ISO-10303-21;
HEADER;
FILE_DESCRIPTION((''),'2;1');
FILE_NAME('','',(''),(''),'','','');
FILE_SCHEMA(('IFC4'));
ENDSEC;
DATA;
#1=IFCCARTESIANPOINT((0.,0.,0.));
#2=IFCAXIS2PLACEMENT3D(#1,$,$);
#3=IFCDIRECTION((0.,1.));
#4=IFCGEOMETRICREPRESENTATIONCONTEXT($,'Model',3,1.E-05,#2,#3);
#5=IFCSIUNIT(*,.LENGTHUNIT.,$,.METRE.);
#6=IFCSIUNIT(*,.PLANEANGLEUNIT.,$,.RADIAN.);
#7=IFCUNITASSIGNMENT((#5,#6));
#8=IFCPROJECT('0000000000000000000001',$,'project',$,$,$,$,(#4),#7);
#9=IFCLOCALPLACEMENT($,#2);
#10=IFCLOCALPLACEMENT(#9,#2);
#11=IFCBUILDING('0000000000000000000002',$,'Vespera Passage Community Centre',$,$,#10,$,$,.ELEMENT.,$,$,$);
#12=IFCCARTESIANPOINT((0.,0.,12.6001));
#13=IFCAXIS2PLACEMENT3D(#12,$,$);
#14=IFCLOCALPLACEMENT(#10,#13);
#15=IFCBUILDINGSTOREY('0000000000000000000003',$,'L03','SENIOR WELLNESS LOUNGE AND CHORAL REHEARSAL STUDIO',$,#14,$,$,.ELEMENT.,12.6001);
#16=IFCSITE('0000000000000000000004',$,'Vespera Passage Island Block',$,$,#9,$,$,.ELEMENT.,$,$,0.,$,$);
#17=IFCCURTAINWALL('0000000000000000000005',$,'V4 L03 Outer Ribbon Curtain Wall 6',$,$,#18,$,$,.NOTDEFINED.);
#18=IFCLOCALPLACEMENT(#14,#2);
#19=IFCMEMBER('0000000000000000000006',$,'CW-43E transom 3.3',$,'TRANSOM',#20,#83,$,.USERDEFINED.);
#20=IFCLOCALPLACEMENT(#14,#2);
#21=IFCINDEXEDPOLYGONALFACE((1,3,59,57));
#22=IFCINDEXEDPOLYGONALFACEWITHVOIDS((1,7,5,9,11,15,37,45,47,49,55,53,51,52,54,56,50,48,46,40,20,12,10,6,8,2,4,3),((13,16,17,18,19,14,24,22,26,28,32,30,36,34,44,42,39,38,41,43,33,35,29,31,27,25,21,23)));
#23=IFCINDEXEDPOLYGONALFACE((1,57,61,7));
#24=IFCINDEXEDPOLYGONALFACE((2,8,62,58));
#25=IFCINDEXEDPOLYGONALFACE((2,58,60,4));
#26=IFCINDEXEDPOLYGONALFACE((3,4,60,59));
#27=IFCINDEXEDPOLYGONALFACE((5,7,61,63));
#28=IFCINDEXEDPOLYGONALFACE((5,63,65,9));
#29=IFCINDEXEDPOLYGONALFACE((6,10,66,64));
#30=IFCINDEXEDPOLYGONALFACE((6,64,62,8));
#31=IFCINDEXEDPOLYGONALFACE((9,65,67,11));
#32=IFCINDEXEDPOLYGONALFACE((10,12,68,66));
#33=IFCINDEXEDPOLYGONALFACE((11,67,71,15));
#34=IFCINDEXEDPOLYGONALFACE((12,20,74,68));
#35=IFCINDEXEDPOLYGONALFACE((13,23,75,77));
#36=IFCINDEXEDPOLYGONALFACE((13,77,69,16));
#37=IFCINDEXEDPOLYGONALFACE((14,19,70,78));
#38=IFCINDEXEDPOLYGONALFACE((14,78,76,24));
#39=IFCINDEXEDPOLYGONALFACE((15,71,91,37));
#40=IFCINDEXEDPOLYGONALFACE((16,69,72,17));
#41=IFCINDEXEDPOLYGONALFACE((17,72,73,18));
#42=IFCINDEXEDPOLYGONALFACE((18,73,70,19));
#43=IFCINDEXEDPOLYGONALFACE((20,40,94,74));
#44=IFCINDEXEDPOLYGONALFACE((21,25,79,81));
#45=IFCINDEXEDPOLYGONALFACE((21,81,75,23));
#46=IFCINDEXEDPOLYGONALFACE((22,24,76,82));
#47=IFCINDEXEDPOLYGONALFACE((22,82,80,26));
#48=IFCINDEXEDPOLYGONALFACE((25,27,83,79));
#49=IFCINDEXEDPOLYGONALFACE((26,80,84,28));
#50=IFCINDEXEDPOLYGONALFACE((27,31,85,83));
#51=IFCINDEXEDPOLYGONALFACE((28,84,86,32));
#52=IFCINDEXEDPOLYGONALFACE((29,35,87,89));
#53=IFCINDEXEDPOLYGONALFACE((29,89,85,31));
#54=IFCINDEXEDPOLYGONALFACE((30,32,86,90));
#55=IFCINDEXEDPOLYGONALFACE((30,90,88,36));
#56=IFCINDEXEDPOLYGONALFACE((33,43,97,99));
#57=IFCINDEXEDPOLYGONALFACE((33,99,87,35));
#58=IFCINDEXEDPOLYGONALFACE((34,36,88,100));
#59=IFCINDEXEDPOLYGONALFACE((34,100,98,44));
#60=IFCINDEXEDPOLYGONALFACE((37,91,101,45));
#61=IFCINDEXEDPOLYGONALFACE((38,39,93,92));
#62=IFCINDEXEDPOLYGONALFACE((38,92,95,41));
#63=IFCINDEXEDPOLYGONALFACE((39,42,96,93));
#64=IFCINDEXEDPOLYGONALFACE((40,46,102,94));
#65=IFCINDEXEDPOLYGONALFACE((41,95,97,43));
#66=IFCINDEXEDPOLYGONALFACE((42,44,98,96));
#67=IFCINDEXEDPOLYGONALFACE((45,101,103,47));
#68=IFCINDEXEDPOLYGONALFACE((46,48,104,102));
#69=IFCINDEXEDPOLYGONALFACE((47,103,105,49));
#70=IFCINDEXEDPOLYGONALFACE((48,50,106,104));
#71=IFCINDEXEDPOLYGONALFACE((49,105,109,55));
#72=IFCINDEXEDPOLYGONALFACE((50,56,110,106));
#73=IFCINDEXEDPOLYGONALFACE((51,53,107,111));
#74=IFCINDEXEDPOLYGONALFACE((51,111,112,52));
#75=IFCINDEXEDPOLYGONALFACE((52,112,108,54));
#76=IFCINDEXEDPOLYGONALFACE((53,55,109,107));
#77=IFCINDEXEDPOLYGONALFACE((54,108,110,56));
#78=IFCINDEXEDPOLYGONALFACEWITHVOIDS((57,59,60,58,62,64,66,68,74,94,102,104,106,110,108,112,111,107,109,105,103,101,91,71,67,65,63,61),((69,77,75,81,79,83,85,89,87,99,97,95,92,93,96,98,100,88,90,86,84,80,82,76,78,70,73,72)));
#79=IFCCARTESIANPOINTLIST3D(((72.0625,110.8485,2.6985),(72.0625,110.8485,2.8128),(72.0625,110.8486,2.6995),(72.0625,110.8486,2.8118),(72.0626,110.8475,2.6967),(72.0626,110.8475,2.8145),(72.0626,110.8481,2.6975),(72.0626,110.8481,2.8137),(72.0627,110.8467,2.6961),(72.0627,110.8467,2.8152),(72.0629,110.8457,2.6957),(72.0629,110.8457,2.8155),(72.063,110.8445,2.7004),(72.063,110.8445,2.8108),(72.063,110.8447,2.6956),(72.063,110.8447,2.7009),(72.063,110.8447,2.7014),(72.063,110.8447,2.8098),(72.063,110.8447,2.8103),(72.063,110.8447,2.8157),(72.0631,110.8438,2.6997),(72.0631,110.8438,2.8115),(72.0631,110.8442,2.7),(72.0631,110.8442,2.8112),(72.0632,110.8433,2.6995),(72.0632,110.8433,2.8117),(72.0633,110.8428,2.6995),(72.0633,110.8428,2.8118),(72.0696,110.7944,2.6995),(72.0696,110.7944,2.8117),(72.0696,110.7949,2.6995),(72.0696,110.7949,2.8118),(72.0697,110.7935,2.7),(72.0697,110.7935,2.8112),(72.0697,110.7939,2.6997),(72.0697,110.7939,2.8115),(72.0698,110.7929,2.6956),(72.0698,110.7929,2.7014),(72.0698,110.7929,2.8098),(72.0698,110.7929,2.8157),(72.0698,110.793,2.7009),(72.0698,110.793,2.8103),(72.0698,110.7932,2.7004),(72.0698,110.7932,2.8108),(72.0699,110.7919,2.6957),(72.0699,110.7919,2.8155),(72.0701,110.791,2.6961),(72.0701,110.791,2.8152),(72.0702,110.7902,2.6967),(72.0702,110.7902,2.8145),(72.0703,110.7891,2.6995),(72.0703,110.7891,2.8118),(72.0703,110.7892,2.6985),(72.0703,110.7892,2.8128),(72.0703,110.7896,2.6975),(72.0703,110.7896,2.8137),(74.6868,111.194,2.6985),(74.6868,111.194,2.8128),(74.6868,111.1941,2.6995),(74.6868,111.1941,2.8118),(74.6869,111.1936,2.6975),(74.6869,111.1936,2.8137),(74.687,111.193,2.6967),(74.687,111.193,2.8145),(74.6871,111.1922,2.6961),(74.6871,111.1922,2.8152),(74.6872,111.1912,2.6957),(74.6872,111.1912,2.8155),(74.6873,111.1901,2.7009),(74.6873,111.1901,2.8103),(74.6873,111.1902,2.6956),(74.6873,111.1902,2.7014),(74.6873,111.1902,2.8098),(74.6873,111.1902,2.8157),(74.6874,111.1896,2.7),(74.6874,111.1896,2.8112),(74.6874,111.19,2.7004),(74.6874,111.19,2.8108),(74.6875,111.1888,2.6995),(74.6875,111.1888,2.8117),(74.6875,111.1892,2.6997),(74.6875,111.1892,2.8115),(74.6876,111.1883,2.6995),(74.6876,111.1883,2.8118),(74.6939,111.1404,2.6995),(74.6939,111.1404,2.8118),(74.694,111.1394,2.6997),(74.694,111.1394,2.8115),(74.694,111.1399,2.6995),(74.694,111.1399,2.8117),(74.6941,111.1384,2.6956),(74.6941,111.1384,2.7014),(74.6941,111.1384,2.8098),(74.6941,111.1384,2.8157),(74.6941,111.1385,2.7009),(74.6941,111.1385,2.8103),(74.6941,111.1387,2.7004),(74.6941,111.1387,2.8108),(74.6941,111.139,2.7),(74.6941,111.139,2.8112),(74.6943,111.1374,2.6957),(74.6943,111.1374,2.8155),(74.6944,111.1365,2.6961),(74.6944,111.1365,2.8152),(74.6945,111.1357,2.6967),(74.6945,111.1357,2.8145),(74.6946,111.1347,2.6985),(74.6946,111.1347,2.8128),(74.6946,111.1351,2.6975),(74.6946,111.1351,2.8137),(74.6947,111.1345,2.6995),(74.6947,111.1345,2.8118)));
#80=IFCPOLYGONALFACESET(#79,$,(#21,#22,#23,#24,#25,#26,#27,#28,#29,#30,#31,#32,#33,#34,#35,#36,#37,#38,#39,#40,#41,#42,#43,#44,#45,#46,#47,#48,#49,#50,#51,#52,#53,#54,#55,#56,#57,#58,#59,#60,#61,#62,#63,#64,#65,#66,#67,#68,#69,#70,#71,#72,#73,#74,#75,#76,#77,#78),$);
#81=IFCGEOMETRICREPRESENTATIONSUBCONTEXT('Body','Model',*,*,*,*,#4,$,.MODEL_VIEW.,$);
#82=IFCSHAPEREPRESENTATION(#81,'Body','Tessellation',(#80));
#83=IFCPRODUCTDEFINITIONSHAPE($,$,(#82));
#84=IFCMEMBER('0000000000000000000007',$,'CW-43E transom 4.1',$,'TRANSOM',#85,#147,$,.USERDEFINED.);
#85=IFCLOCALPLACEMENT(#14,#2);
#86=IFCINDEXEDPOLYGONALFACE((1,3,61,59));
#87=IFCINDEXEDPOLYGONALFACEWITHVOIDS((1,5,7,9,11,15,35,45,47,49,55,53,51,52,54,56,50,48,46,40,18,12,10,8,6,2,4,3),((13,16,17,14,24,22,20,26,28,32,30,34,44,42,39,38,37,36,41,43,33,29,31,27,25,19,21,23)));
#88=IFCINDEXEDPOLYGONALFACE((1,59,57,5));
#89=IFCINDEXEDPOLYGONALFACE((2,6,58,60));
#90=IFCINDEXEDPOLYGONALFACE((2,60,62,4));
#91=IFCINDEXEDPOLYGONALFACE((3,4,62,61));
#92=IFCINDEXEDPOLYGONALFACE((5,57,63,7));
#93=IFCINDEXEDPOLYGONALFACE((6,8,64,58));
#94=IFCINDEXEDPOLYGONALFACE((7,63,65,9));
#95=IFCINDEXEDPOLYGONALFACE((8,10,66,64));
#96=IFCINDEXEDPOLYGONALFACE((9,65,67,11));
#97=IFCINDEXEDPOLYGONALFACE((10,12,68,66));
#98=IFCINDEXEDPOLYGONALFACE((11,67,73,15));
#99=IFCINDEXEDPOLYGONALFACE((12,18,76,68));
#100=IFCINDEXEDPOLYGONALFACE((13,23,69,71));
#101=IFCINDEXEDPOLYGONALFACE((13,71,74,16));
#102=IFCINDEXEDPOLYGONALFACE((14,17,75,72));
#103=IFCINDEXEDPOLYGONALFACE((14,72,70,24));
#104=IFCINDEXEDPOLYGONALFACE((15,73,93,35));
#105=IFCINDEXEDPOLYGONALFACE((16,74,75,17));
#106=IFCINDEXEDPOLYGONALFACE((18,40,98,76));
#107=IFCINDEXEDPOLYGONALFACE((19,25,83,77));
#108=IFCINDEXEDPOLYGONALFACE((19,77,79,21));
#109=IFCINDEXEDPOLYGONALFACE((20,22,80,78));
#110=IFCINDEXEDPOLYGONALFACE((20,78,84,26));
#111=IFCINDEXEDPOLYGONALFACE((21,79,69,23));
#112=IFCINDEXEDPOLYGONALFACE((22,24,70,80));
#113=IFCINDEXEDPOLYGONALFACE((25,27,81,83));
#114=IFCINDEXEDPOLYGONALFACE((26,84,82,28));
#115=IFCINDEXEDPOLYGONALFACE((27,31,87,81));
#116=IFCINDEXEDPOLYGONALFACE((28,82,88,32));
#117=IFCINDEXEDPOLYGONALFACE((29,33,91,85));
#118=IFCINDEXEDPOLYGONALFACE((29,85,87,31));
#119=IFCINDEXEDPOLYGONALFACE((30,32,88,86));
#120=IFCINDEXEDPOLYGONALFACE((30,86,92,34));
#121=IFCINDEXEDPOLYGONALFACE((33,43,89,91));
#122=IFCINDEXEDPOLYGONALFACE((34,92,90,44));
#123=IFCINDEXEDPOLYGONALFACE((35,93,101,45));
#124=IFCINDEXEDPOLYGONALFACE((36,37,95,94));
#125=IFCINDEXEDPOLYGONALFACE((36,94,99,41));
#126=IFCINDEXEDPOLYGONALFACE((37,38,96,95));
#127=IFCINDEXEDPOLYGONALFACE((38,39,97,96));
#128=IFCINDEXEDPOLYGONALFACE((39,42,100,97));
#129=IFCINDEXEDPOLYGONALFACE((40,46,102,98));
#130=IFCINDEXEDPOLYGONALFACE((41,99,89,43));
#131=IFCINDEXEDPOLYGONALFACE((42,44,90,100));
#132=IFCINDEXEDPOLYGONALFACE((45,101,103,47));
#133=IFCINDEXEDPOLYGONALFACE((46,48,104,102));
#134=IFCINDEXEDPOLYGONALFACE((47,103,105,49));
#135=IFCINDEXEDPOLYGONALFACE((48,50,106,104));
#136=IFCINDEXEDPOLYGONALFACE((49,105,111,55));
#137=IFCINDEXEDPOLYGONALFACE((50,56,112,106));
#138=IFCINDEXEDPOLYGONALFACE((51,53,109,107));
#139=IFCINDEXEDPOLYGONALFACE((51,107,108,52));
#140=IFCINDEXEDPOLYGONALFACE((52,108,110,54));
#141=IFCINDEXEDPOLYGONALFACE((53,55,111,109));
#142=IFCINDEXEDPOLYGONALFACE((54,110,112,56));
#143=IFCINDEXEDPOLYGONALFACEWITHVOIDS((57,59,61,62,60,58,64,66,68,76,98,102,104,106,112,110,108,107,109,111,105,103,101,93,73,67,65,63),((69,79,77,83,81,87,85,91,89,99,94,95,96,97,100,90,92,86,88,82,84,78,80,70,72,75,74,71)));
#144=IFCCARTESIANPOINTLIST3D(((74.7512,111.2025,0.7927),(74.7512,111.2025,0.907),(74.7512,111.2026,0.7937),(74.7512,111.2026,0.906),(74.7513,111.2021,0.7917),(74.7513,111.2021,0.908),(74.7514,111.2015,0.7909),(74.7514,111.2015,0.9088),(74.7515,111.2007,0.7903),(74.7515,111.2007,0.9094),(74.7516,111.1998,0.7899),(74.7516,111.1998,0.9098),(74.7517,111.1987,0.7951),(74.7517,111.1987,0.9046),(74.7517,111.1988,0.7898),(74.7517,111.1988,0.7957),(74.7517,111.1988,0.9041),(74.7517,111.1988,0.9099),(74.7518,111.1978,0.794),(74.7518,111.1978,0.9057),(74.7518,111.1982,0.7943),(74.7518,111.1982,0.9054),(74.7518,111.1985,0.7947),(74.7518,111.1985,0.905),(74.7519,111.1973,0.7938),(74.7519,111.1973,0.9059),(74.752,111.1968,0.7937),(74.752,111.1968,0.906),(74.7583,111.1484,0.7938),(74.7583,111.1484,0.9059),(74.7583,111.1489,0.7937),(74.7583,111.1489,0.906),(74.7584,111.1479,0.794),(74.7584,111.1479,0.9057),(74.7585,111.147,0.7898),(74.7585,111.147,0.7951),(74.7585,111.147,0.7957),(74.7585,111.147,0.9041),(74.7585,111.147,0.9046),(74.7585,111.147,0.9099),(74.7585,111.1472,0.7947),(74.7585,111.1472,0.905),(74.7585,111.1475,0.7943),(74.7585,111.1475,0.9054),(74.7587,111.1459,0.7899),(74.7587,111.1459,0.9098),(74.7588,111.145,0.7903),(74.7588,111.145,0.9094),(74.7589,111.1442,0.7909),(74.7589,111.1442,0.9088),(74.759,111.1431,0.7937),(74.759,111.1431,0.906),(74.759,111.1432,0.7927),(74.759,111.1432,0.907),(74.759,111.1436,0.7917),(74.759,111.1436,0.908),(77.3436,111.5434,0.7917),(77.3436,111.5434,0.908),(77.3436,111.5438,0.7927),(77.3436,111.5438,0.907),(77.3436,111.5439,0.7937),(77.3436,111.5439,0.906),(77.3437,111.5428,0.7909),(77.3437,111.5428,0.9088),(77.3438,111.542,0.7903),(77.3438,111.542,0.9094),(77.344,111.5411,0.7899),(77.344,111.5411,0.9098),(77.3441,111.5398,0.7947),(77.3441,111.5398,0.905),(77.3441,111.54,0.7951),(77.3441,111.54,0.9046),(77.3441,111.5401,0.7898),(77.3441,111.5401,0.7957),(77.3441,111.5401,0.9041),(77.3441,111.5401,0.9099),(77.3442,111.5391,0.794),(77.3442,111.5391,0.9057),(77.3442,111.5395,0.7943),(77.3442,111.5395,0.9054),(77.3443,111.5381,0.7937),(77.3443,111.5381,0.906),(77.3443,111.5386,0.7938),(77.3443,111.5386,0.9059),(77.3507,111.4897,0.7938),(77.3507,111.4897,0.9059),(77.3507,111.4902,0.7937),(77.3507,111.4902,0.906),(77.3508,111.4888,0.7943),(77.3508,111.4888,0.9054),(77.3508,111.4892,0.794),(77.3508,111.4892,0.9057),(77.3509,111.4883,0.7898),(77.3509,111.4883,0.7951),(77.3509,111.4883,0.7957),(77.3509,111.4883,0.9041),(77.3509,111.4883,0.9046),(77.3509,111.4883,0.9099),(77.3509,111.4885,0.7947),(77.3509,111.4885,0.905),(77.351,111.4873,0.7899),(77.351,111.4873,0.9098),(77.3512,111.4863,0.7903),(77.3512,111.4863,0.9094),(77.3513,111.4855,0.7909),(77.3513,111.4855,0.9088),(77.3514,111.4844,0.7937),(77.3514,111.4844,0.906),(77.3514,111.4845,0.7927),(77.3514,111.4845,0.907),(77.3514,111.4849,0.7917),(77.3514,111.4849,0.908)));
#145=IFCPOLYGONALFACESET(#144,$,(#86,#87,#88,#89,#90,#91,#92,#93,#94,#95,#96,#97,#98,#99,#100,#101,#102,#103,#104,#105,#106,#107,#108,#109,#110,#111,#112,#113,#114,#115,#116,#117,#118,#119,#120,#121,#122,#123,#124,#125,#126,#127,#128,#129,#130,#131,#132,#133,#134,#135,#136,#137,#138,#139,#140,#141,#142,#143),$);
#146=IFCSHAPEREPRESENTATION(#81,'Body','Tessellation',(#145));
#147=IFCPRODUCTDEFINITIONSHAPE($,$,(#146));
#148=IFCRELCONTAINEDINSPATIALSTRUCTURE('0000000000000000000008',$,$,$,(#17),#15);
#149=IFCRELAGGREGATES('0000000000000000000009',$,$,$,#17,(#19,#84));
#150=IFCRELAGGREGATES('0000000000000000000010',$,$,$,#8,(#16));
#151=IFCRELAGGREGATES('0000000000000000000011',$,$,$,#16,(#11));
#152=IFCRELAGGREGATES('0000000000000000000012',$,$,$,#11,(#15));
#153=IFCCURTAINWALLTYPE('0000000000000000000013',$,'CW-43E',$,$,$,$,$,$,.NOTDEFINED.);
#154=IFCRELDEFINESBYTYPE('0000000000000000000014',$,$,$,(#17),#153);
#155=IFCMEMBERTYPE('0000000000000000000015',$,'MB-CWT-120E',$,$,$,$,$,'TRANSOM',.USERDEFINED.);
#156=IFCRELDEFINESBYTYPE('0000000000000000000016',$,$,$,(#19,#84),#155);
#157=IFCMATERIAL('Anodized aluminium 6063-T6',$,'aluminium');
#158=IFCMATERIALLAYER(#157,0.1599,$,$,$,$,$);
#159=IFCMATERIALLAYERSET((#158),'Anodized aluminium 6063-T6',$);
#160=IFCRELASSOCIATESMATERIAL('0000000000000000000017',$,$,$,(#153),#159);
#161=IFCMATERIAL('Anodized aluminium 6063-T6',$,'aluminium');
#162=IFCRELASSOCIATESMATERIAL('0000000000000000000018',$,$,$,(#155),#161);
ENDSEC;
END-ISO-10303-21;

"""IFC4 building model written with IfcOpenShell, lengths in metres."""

from ifc_helpers import new_model, si_unit, direction, frame, origin, origin_2d, place, context, subcontext, project, spatial, hollow_rectangle, extrude, material, layer, layer_set, material_profile, profile_set, type_object, element, aggregate, save


model = new_model("IFC4")

# Units and contexts
model_context = context("Model", 3, precision=1e-05, world=origin(), true_north=direction((0.0, 1.0)))
body_context = subcontext(model_context, "Body", "Model", "MODEL_VIEW")
ifc_project = project(units=[si_unit("LENGTHUNIT", "METRE"), si_unit("PLANEANGLEUNIT", "RADIAN")], contexts=[model_context])

# Site, building, storey
site_placement = place(None, origin())
site = spatial("IfcSite", under=ifc_project, at=site_placement, Name="Vespera Passage Island Block", CompositionType="ELEMENT", RefElevation=0.0)
building_placement = place(site_placement, origin())
building = spatial("IfcBuilding", under=site, at=building_placement, Name="Vespera Passage Community Centre", CompositionType="ELEMENT")
storey_placement = place(building_placement, frame((0.0, 0.0, 12.6001)))
storey = spatial("IfcBuildingStorey", under=building, at=storey_placement, Name="L03", Description="SENIOR WELLNESS LOUNGE AND CHORAL REHEARSAL STUDIO", CompositionType="ELEMENT", Elevation=12.6001)

# Curtain wall, members
ifc_material_1 = material(Name="Anodized aluminium 6063-T6", Category="aluminium")
ifc_layer_1 = layer(ifc_material_1, 0.1599)
ifc_layer_set_1 = layer_set([ifc_layer_1], Name="Anodized aluminium 6063-T6")
curtain_wall_type = type_object("IfcCurtainWallType", Name="CW-43E", PredefinedType="NOTDEFINED", material=ifc_layer_set_1)
curtain_wall_placement = place(storey_placement, origin())
curtain_wall = element("IfcCurtainWall", 1, at=curtain_wall_placement, inside=storey, type_object=curtain_wall_type, Name="V4 L03 Outer Ribbon Curtain Wall 6", PredefinedType="NOTDEFINED")
ifc_material_2 = material(Name="Anodized aluminium 6063-T6", Category="aluminium")
ifc_material_profile_1 = material_profile(ifc_material_2, hollow_rectangle(XDim=0.0601, YDim=0.1201, WallThickness=0.0039, InnerFilletRadius=0.002, OuterFilletRadius=0.0039, at=origin_2d()), Name="ALU120X60X4")
ifc_profile_set_1 = profile_set([ifc_material_profile_1], Name="Anodized aluminium 6063-T6")
member_type_1 = type_object("IfcMemberType", Name="MB-CWT-120E", ElementType="TRANSOM", PredefinedType="USERDEFINED", material=ifc_profile_set_1)
member_1_placement = place(storey_placement, frame((72.0664, 110.8188, 2.7556), z_axis=(0.991446, 0.130514, 0.0), x_axis=(-0.130514, 0.991446, 0.0)))
member_1 = element("IfcMember", 2, at=member_1_placement, type_object=member_type_1, Name="CW-43E transom 3.3", ObjectType="TRANSOM", PredefinedType="USERDEFINED", context=body_context, shape_type="SweptSolid", body=[
    extrude(hollow_rectangle(XDim=0.0601, YDim=0.1201, WallThickness=0.0039, InnerFilletRadius=0.002, OuterFilletRadius=0.0039, at=origin_2d()), origin(), (0.0, 0.0, 1.0), 2.647),
])
member_2_placement = place(storey_placement, frame((74.7551, 111.1729, 0.8499), z_axis=(0.991443, 0.130537, 0.0), x_axis=(-0.130537, 0.991443, 0.0)))
member_2 = element("IfcMember", 3, at=member_2_placement, type_object=member_type_1, Name="CW-43E transom 4.1", ObjectType="TRANSOM", PredefinedType="USERDEFINED", context=body_context, shape_type="SweptSolid", body=[
    extrude(hollow_rectangle(XDim=0.0601, YDim=0.1201, WallThickness=0.0039, InnerFilletRadius=0.002, OuterFilletRadius=0.0039, at=origin_2d()), origin(), (0.0, 0.0, 1.0), 2.6147),
])
aggregate(curtain_wall, [member_1, member_2])

save(model, "model.ifc")
